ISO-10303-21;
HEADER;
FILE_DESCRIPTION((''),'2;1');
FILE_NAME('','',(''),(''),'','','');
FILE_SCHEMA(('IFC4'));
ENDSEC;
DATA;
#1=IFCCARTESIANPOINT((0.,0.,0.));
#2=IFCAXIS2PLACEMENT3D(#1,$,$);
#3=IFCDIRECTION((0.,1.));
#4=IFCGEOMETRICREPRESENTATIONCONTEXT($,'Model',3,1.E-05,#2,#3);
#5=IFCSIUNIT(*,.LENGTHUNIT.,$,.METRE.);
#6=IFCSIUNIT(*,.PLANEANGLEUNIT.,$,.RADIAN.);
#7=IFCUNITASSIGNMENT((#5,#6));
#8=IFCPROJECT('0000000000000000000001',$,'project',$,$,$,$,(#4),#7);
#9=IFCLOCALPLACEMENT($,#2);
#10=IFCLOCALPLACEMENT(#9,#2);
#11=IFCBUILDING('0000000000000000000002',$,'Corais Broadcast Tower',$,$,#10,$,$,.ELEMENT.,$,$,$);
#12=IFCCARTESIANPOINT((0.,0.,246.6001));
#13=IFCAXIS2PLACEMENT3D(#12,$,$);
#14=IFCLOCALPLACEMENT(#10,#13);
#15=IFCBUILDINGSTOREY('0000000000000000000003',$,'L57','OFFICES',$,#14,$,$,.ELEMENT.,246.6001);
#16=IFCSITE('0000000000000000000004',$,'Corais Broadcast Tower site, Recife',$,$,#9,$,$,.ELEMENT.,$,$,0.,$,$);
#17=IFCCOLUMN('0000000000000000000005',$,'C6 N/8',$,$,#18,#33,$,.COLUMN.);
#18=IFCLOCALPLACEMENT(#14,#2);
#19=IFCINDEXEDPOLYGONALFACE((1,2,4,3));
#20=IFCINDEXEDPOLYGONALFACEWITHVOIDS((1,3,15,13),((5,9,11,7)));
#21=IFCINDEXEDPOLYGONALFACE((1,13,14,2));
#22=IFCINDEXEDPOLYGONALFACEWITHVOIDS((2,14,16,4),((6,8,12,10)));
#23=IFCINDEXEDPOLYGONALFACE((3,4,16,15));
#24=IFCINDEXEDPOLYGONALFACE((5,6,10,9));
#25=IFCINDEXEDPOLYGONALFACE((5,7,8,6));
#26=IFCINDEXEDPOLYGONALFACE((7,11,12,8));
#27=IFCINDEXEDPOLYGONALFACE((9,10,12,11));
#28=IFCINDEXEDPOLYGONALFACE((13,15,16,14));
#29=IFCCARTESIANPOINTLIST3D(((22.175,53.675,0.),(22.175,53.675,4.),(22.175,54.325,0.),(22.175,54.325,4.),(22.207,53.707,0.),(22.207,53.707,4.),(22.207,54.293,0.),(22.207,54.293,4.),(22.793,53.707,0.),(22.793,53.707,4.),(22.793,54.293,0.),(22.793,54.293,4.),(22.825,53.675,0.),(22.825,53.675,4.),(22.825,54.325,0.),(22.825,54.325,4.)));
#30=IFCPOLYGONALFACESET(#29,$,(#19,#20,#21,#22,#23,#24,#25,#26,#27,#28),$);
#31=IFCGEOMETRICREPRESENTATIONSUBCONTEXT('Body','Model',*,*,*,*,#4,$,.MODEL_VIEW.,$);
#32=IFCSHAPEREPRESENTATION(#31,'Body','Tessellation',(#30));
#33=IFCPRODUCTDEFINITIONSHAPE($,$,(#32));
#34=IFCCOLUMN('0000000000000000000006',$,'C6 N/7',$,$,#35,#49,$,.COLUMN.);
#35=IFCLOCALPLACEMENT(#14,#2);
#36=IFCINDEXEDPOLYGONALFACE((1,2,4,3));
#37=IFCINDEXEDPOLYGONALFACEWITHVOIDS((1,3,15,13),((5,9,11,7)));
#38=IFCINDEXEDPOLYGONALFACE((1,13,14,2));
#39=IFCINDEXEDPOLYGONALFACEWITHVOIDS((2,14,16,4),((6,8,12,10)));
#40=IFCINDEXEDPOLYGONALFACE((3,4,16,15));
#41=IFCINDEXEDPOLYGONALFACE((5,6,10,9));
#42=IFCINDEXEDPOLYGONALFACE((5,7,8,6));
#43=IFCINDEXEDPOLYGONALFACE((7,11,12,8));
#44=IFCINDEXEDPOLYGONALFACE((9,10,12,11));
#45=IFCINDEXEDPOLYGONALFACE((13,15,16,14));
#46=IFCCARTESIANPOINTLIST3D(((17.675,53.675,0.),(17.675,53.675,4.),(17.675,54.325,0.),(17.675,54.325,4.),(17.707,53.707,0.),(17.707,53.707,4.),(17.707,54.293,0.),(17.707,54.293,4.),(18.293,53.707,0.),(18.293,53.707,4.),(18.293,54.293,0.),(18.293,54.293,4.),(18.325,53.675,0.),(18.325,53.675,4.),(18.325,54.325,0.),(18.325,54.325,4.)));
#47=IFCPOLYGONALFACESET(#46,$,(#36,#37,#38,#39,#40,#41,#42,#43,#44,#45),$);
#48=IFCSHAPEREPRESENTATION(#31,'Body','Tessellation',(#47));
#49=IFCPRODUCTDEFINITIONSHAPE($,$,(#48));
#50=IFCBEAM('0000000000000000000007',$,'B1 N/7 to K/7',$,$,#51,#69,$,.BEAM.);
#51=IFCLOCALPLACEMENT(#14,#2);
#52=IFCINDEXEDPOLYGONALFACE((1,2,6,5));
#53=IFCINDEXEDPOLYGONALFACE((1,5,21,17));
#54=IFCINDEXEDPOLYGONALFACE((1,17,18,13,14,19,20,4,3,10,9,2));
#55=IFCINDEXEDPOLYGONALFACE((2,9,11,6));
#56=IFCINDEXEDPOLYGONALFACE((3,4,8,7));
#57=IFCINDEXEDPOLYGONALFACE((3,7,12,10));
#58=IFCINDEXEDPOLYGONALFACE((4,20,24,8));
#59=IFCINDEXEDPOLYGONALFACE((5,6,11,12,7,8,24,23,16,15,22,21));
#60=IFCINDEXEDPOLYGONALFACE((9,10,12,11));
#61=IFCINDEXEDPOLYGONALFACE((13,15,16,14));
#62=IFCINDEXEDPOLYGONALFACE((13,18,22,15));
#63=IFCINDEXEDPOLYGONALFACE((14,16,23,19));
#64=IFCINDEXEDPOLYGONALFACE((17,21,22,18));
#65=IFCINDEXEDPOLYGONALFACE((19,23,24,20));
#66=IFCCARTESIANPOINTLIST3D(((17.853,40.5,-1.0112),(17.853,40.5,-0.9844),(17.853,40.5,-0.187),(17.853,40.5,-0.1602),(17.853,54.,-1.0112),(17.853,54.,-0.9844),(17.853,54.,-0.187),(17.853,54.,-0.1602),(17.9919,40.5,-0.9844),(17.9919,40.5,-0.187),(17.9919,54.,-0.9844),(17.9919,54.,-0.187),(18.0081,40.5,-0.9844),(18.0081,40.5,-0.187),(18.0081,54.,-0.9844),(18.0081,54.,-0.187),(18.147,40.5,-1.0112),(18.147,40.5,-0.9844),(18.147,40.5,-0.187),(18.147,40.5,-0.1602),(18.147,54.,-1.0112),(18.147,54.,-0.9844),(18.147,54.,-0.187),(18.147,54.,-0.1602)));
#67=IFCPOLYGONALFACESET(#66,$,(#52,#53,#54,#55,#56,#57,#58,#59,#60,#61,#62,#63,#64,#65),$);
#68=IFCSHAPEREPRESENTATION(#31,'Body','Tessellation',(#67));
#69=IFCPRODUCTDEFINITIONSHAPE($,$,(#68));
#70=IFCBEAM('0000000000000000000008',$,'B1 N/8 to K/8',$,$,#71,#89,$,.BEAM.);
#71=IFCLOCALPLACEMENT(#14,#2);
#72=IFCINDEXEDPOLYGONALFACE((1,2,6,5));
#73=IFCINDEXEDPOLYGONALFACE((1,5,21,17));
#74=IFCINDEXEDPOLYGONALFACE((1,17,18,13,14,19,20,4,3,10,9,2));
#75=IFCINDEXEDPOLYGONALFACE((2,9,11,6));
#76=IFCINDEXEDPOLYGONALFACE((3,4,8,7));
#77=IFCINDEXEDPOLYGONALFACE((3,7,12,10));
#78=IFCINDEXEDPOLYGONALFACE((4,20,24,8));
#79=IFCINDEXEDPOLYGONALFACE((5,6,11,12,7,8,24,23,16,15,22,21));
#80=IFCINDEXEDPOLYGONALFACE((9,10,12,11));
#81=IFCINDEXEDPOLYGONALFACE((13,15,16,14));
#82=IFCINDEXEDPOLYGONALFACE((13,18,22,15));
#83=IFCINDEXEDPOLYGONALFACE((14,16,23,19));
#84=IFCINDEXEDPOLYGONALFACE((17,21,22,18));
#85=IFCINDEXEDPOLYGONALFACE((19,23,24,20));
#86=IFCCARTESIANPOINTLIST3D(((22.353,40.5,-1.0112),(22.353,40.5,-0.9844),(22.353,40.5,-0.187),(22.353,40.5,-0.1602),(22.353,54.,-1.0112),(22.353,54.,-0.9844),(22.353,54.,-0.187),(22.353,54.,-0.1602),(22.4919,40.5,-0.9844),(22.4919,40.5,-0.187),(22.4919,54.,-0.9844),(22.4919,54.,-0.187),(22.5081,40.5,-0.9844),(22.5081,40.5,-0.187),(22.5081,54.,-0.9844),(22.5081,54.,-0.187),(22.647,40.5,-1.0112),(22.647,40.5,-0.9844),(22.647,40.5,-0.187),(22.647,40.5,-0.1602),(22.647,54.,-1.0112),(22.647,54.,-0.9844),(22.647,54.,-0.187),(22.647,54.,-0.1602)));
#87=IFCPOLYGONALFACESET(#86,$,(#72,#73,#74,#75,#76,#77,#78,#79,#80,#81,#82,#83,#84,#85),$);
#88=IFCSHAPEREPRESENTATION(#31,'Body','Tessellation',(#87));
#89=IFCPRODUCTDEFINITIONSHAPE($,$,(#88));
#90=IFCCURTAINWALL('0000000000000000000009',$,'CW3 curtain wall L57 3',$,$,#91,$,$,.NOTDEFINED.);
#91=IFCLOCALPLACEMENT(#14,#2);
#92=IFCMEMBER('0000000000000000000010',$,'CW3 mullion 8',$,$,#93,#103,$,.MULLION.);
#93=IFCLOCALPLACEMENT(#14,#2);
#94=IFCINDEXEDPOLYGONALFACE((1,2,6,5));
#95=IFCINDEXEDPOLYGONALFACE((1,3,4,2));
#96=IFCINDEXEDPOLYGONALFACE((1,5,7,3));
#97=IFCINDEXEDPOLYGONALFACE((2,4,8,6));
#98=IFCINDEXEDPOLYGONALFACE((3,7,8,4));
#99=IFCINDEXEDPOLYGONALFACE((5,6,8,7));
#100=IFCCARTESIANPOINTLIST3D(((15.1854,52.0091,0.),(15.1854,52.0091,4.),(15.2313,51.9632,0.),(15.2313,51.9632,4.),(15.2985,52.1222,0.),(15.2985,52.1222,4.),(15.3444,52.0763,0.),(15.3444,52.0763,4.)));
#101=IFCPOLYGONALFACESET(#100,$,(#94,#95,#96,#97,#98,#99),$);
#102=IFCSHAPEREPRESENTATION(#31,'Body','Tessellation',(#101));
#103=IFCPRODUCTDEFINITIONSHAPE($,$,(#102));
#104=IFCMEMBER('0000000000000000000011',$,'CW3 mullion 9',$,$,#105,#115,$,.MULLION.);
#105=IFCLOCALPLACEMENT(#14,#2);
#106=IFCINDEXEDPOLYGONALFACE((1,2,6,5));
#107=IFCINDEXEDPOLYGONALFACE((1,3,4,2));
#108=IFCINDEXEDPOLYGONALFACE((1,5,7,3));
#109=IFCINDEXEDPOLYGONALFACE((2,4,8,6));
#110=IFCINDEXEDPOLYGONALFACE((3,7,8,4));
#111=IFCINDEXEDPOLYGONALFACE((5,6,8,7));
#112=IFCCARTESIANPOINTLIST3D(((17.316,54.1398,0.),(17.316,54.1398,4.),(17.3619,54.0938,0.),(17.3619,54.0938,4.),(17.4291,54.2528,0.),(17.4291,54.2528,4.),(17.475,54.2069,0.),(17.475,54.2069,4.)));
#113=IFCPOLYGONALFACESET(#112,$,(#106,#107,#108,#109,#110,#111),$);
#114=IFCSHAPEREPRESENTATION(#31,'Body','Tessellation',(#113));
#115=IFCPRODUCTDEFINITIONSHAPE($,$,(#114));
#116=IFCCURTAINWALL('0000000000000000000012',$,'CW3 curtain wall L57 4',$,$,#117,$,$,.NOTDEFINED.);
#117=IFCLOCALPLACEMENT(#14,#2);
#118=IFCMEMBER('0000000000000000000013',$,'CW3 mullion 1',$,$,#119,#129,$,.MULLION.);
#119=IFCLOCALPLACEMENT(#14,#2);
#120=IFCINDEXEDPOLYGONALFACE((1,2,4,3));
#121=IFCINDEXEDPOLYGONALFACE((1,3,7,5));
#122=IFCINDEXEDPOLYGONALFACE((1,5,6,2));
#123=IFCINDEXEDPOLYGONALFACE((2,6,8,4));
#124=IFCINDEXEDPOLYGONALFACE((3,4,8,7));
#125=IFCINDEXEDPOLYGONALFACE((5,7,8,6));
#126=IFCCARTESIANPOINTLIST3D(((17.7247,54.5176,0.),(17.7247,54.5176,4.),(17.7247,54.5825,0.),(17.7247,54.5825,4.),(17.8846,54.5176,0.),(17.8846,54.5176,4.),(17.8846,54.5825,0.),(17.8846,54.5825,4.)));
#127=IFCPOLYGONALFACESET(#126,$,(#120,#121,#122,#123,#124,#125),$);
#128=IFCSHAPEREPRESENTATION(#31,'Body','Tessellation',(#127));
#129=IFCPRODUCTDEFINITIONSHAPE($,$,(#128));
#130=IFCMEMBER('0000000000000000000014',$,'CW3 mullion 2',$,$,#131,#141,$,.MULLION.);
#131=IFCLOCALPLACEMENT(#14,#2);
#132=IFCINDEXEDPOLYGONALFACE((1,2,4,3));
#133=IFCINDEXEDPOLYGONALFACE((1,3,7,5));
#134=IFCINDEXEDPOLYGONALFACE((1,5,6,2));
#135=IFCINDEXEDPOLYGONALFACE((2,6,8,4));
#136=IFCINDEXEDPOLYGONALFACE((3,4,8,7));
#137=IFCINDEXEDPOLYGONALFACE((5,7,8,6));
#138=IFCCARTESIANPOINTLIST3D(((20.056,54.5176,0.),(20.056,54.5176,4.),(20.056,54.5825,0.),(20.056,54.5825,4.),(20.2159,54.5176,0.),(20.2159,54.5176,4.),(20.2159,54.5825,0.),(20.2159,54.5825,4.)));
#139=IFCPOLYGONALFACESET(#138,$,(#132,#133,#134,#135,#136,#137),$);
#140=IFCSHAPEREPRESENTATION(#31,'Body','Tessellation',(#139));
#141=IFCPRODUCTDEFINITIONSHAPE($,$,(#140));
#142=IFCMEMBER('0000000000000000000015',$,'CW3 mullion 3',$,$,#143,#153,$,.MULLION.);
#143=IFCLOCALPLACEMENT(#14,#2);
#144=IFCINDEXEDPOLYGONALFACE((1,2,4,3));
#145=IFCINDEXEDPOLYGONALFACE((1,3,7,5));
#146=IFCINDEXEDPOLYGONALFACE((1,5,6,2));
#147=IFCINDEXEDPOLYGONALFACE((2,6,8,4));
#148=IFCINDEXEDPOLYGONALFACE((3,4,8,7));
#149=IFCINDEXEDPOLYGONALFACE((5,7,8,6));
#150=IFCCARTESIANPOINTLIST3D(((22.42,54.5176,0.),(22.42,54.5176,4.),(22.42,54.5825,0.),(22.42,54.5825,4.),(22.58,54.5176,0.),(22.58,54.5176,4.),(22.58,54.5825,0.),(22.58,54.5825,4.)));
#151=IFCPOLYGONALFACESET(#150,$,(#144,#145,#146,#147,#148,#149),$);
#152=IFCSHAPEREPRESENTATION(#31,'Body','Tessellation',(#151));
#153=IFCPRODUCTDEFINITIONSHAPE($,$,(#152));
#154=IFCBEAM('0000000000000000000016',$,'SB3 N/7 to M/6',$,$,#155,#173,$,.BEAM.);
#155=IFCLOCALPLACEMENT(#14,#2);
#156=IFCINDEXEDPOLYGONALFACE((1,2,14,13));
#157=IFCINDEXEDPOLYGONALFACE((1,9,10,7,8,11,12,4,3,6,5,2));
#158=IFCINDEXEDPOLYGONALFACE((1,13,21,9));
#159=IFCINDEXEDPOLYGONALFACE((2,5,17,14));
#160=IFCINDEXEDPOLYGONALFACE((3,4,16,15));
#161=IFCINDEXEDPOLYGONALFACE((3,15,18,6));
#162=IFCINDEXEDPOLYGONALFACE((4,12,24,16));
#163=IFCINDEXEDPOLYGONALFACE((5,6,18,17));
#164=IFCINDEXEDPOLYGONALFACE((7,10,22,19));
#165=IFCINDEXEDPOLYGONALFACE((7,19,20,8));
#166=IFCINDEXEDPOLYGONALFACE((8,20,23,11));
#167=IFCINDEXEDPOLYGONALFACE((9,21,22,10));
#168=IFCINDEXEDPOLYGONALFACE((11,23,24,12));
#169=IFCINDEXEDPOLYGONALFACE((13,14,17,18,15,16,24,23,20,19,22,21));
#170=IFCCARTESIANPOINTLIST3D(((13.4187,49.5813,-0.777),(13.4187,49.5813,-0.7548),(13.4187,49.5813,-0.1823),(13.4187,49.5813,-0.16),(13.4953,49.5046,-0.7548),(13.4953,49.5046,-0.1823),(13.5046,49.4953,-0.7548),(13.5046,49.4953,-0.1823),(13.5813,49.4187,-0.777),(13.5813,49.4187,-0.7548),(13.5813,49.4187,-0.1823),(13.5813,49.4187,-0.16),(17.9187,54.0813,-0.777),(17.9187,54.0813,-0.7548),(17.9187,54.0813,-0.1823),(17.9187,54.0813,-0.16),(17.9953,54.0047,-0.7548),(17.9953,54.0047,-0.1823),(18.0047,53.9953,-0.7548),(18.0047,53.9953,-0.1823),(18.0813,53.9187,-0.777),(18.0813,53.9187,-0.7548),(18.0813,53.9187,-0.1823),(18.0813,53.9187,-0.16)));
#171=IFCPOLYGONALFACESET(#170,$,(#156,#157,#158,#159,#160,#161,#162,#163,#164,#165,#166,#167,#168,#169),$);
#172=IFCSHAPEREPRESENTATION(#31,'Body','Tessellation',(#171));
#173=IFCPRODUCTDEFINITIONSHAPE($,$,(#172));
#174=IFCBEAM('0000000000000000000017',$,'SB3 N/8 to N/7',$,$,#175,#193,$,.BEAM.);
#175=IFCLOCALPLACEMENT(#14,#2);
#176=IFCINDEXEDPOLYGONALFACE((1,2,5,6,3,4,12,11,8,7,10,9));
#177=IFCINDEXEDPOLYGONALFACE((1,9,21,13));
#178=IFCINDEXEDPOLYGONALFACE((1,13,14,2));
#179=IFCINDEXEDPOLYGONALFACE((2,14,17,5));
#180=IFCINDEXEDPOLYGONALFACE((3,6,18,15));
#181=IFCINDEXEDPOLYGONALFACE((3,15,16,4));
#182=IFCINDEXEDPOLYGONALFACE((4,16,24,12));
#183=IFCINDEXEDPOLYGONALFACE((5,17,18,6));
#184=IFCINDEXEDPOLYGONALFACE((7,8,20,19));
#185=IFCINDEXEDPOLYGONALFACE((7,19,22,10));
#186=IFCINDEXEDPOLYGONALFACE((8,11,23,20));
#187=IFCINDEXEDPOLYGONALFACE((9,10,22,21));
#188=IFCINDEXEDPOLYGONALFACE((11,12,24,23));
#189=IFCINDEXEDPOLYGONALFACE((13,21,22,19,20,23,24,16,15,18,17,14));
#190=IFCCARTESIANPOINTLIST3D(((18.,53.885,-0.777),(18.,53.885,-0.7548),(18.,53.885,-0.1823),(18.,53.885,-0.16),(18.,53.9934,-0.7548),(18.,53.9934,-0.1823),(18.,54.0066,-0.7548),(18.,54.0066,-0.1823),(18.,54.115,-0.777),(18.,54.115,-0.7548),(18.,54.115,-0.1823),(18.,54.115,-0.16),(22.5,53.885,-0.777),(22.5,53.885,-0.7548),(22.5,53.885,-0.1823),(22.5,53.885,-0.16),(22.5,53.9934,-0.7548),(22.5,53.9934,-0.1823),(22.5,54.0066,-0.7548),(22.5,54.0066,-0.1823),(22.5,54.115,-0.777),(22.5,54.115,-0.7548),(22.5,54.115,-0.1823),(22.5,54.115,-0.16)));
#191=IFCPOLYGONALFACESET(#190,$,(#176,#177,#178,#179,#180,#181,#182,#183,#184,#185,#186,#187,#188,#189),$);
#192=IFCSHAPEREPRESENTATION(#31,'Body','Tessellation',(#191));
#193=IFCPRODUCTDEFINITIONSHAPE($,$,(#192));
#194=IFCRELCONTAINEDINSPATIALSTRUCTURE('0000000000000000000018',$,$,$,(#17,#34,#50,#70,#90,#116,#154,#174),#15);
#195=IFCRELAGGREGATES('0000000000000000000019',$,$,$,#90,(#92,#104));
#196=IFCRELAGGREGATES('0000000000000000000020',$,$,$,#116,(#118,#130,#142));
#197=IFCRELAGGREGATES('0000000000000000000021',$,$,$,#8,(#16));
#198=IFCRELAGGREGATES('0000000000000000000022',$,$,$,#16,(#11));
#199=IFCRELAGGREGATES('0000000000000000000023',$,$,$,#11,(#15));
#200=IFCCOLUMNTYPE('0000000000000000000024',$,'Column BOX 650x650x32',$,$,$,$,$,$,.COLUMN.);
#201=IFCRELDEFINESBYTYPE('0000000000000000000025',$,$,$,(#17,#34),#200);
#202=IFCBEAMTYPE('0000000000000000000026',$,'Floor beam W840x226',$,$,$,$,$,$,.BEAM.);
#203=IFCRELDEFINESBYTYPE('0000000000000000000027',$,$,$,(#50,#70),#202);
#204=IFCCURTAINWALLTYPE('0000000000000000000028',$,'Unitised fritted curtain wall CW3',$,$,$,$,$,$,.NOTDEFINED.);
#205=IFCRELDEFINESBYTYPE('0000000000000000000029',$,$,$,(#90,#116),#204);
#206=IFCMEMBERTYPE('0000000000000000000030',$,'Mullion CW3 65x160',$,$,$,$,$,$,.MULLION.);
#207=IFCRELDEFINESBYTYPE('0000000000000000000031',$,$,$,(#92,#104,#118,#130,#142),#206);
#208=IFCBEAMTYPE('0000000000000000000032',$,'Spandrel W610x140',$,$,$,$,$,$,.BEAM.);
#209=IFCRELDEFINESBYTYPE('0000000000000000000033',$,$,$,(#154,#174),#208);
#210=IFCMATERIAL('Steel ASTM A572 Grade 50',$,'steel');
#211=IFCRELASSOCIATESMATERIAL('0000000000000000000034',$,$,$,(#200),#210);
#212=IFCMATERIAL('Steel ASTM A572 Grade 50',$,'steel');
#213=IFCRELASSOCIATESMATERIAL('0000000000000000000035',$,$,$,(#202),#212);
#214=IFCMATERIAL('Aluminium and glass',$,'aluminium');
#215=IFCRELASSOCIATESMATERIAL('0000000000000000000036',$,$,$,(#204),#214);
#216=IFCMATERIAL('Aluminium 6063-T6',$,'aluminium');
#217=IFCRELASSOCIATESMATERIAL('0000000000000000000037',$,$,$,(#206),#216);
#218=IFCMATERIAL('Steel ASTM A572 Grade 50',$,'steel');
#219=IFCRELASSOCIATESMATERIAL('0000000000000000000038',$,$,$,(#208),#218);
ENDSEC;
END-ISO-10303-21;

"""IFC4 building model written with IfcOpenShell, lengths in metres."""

from ifc_helpers import new_model, si_unit, direction, frame, origin, origin_2d, place, context, subcontext, project, spatial, rectangle, hollow_rectangle, i_section, extrude, material, material_profile, profile_set, type_object, element, aggregate, save


model = new_model("IFC4")

# Units and contexts
model_context = context("Model", 3, precision=1e-05, world=origin(), true_north=direction((0.0, 1.0)))
body_context = subcontext(model_context, "Body", "Model", "MODEL_VIEW")
ifc_project = project(units=[si_unit("LENGTHUNIT", "METRE"), si_unit("PLANEANGLEUNIT", "RADIAN")], contexts=[model_context])

# Site, building, storey
site_placement = place(None, origin())
site = spatial("IfcSite", under=ifc_project, at=site_placement, Name="Corais Broadcast Tower site, Recife", CompositionType="ELEMENT", RefElevation=0.0)
building_placement = place(site_placement, origin())
building = spatial("IfcBuilding", under=site, at=building_placement, Name="Corais Broadcast Tower", CompositionType="ELEMENT")
storey_placement = place(building_placement, frame((0.0, 0.0, 246.6001)))
storey = spatial("IfcBuildingStorey", under=building, at=storey_placement, Name="L57", Description="OFFICES", CompositionType="ELEMENT", Elevation=246.6001)

# Columns
ifc_material_1 = material(Name="Steel ASTM A572 Grade 50", Category="steel")
ifc_material_profile_1 = material_profile(ifc_material_1, hollow_rectangle(XDim=0.6499, YDim=0.6499, WallThickness=0.032, at=origin_2d()), Name="BOX 650x650x32")
ifc_profile_set_1 = profile_set([ifc_material_profile_1], Name="Steel ASTM A572 Grade 50")
column_type = type_object("IfcColumnType", Name="Column BOX 650x650x32", PredefinedType="COLUMN", material=ifc_profile_set_1)
for number, where, z_axis, x_axis, name in (
    (1, (22.5, 54.0, 0.0), (0.0, 0.0, 1.0), (1.0, 0.0, 0.0), "C6 N/8"),
    (2, (18.0, 54.0, 0.0), (0.0, 0.0, 1.0), (1.0, 0.0, 0.0), "C6 N/7"),
):
    element("IfcColumn", number, at=place(storey_placement, frame(where, z_axis=z_axis, x_axis=x_axis)), inside=storey, type_object=column_type, Name=name, PredefinedType="COLUMN", context=body_context, shape_type="SweptSolid", body=[
        extrude(hollow_rectangle(XDim=0.6499, YDim=0.6499, WallThickness=0.032, at=origin_2d()), origin(), (0.0, 0.0, 1.0), 4.0),
    ])

# Beams
ifc_material_2 = material(Name="Steel ASTM A572 Grade 50", Category="steel")
ifc_material_profile_2 = material_profile(ifc_material_2, i_section(OverallWidth=0.2939, OverallDepth=0.8511, WebThickness=0.0161, FlangeThickness=0.0269, at=origin_2d()), Name="W840x226")
ifc_profile_set_2 = profile_set([ifc_material_profile_2], Name="Steel ASTM A572 Grade 50")
beam_type_1 = type_object("IfcBeamType", Name="Floor beam W840x226", PredefinedType="BEAM", material=ifc_profile_set_2)
for number, where, z_axis, x_axis, name in (
    (3, (18.0, 54.0, -0.5857), (0.0, -1.0, 0.0), (1.0, 0.0, 0.0), "B1 N/7 to K/7"),
    (4, (22.5, 54.0, -0.5857), (0.0, -1.0, 0.0), (1.0, 0.0, 0.0), "B1 N/8 to K/8"),
):
    element("IfcBeam", number, at=place(storey_placement, frame(where, z_axis=z_axis, x_axis=x_axis)), inside=storey, type_object=beam_type_1, Name=name, PredefinedType="BEAM", context=body_context, shape_type="SweptSolid", body=[
        extrude(i_section(OverallWidth=0.2939, OverallDepth=0.8511, WebThickness=0.0161, FlangeThickness=0.0269, at=origin_2d()), origin(), (0.0, 0.0, 1.0), 13.5),
    ])

# Curtain walls, members
ifc_material_3 = material(Name="Aluminium and glass", Category="aluminium")
curtain_wall_type = type_object("IfcCurtainWallType", Name="Unitised fritted curtain wall CW3", PredefinedType="NOTDEFINED", material=ifc_material_3)
curtain_wall_1_placement = place(storey_placement, origin())
curtain_wall_1 = element("IfcCurtainWall", 5, at=curtain_wall_1_placement, inside=storey, type_object=curtain_wall_type, Name="CW3 curtain wall L57 3", PredefinedType="NOTDEFINED")
ifc_material_4 = material(Name="Aluminium 6063-T6", Category="aluminium")
ifc_material_profile_3 = material_profile(ifc_material_4, rectangle(XDim=0.0649, YDim=0.1599, at=origin_2d()), Name="Mullion CW3 65x160")
ifc_profile_set_3 = profile_set([ifc_material_profile_3], Name="Aluminium 6063-T6")
member_type_1 = type_object("IfcMemberType", Name="Mullion CW3 65x160", PredefinedType="MULLION", material=ifc_profile_set_3)
member_1_placement = place(storey_placement, frame((15.2649, 52.0427, 0.0), z_axis=(0.0, 0.0, 1.0), x_axis=(-0.707107, 0.707107, 0.0)))
member_1 = element("IfcMember", 6, at=member_1_placement, type_object=member_type_1, Name="CW3 mullion 8", PredefinedType="MULLION", context=body_context, shape_type="SweptSolid", body=[
    extrude(rectangle(XDim=0.0649, YDim=0.1599, at=origin_2d()), origin(), (0.0, 0.0, 1.0), 4.0),
])
member_2_placement = place(storey_placement, frame((17.3955, 54.1733, 0.0), z_axis=(0.0, 0.0, 1.0), x_axis=(-0.707107, 0.707107, 0.0)))
member_2 = element("IfcMember", 7, at=member_2_placement, type_object=member_type_1, Name="CW3 mullion 9", PredefinedType="MULLION", context=body_context, shape_type="SweptSolid", body=[
    extrude(rectangle(XDim=0.0649, YDim=0.1599, at=origin_2d()), origin(), (0.0, 0.0, 1.0), 4.0),
])
curtain_wall_2_placement = place(storey_placement, origin())
curtain_wall_2 = element("IfcCurtainWall", 8, at=curtain_wall_2_placement, inside=storey, type_object=curtain_wall_type, Name="CW3 curtain wall L57 4", PredefinedType="NOTDEFINED")
member_3_placement = place(storey_placement, frame((17.8047, 54.55, 0.0), z_axis=(0.0, 0.0, 1.0), x_axis=(0.0, 1.0, 0.0)))
member_3 = element("IfcMember", 9, at=member_3_placement, type_object=member_type_1, Name="CW3 mullion 1", PredefinedType="MULLION", context=body_context, shape_type="SweptSolid", body=[
    extrude(rectangle(XDim=0.0649, YDim=0.1599, at=origin_2d()), origin(), (0.0, 0.0, 1.0), 4.0),
])
member_4_placement = place(storey_placement, frame((20.136, 54.55, 0.0), z_axis=(0.0, 0.0, 1.0), x_axis=(0.0, 1.0, 0.0)))
member_4 = element("IfcMember", 10, at=member_4_placement, type_object=member_type_1, Name="CW3 mullion 2", PredefinedType="MULLION", context=body_context, shape_type="SweptSolid", body=[
    extrude(rectangle(XDim=0.0649, YDim=0.1599, at=origin_2d()), origin(), (0.0, 0.0, 1.0), 4.0),
])
member_5_placement = place(storey_placement, frame((22.5, 54.55, 0.0), z_axis=(0.0, 0.0, 1.0), x_axis=(0.0, 1.0, 0.0)))
member_5 = element("IfcMember", 11, at=member_5_placement, type_object=member_type_1, Name="CW3 mullion 3", PredefinedType="MULLION", context=body_context, shape_type="SweptSolid", body=[
    extrude(rectangle(XDim=0.0649, YDim=0.1599, at=origin_2d()), origin(), (0.0, 0.0, 1.0), 4.0),
])

# Beams
ifc_material_5 = material(Name="Steel ASTM A572 Grade 50", Category="steel")
ifc_material_profile_4 = material_profile(ifc_material_5, i_section(OverallWidth=0.23, OverallDepth=0.6169, WebThickness=0.0132, FlangeThickness=0.0222, at=origin_2d()), Name="W610x140")
ifc_profile_set_4 = profile_set([ifc_material_profile_4], Name="Steel ASTM A572 Grade 50")
beam_type_2 = type_object("IfcBeamType", Name="Spandrel W610x140", PredefinedType="BEAM", material=ifc_profile_set_4)
beam_1_placement = place(storey_placement, frame((18.0, 54.0, -0.4685), z_axis=(-0.707107, -0.707107, 0.0), x_axis=(0.707107, -0.707107, 0.0)))
element("IfcBeam", 12, at=beam_1_placement, inside=storey, type_object=beam_type_2, Name="SB3 N/7 to M/6", PredefinedType="BEAM", context=body_context, shape_type="SweptSolid", body=[
    extrude(i_section(OverallWidth=0.23, OverallDepth=0.6169, WebThickness=0.0132, FlangeThickness=0.0222, at=origin_2d()), origin(), (0.0, 0.0, 1.0), 6.364),
])
beam_2_placement = place(storey_placement, frame((22.5, 54.0, -0.4685), z_axis=(-1.0, 0.0, 0.0), x_axis=(0.0, -1.0, 0.0)))
element("IfcBeam", 13, at=beam_2_placement, inside=storey, type_object=beam_type_2, Name="SB3 N/8 to N/7", PredefinedType="BEAM", context=body_context, shape_type="SweptSolid", body=[
    extrude(i_section(OverallWidth=0.23, OverallDepth=0.6169, WebThickness=0.0132, FlangeThickness=0.0222, at=origin_2d()), origin(), (0.0, 0.0, 1.0), 4.5),
])

aggregate(curtain_wall_1, [member_1, member_2])
aggregate(curtain_wall_2, [member_3, member_4, member_5])

save(model, "model.ifc")
